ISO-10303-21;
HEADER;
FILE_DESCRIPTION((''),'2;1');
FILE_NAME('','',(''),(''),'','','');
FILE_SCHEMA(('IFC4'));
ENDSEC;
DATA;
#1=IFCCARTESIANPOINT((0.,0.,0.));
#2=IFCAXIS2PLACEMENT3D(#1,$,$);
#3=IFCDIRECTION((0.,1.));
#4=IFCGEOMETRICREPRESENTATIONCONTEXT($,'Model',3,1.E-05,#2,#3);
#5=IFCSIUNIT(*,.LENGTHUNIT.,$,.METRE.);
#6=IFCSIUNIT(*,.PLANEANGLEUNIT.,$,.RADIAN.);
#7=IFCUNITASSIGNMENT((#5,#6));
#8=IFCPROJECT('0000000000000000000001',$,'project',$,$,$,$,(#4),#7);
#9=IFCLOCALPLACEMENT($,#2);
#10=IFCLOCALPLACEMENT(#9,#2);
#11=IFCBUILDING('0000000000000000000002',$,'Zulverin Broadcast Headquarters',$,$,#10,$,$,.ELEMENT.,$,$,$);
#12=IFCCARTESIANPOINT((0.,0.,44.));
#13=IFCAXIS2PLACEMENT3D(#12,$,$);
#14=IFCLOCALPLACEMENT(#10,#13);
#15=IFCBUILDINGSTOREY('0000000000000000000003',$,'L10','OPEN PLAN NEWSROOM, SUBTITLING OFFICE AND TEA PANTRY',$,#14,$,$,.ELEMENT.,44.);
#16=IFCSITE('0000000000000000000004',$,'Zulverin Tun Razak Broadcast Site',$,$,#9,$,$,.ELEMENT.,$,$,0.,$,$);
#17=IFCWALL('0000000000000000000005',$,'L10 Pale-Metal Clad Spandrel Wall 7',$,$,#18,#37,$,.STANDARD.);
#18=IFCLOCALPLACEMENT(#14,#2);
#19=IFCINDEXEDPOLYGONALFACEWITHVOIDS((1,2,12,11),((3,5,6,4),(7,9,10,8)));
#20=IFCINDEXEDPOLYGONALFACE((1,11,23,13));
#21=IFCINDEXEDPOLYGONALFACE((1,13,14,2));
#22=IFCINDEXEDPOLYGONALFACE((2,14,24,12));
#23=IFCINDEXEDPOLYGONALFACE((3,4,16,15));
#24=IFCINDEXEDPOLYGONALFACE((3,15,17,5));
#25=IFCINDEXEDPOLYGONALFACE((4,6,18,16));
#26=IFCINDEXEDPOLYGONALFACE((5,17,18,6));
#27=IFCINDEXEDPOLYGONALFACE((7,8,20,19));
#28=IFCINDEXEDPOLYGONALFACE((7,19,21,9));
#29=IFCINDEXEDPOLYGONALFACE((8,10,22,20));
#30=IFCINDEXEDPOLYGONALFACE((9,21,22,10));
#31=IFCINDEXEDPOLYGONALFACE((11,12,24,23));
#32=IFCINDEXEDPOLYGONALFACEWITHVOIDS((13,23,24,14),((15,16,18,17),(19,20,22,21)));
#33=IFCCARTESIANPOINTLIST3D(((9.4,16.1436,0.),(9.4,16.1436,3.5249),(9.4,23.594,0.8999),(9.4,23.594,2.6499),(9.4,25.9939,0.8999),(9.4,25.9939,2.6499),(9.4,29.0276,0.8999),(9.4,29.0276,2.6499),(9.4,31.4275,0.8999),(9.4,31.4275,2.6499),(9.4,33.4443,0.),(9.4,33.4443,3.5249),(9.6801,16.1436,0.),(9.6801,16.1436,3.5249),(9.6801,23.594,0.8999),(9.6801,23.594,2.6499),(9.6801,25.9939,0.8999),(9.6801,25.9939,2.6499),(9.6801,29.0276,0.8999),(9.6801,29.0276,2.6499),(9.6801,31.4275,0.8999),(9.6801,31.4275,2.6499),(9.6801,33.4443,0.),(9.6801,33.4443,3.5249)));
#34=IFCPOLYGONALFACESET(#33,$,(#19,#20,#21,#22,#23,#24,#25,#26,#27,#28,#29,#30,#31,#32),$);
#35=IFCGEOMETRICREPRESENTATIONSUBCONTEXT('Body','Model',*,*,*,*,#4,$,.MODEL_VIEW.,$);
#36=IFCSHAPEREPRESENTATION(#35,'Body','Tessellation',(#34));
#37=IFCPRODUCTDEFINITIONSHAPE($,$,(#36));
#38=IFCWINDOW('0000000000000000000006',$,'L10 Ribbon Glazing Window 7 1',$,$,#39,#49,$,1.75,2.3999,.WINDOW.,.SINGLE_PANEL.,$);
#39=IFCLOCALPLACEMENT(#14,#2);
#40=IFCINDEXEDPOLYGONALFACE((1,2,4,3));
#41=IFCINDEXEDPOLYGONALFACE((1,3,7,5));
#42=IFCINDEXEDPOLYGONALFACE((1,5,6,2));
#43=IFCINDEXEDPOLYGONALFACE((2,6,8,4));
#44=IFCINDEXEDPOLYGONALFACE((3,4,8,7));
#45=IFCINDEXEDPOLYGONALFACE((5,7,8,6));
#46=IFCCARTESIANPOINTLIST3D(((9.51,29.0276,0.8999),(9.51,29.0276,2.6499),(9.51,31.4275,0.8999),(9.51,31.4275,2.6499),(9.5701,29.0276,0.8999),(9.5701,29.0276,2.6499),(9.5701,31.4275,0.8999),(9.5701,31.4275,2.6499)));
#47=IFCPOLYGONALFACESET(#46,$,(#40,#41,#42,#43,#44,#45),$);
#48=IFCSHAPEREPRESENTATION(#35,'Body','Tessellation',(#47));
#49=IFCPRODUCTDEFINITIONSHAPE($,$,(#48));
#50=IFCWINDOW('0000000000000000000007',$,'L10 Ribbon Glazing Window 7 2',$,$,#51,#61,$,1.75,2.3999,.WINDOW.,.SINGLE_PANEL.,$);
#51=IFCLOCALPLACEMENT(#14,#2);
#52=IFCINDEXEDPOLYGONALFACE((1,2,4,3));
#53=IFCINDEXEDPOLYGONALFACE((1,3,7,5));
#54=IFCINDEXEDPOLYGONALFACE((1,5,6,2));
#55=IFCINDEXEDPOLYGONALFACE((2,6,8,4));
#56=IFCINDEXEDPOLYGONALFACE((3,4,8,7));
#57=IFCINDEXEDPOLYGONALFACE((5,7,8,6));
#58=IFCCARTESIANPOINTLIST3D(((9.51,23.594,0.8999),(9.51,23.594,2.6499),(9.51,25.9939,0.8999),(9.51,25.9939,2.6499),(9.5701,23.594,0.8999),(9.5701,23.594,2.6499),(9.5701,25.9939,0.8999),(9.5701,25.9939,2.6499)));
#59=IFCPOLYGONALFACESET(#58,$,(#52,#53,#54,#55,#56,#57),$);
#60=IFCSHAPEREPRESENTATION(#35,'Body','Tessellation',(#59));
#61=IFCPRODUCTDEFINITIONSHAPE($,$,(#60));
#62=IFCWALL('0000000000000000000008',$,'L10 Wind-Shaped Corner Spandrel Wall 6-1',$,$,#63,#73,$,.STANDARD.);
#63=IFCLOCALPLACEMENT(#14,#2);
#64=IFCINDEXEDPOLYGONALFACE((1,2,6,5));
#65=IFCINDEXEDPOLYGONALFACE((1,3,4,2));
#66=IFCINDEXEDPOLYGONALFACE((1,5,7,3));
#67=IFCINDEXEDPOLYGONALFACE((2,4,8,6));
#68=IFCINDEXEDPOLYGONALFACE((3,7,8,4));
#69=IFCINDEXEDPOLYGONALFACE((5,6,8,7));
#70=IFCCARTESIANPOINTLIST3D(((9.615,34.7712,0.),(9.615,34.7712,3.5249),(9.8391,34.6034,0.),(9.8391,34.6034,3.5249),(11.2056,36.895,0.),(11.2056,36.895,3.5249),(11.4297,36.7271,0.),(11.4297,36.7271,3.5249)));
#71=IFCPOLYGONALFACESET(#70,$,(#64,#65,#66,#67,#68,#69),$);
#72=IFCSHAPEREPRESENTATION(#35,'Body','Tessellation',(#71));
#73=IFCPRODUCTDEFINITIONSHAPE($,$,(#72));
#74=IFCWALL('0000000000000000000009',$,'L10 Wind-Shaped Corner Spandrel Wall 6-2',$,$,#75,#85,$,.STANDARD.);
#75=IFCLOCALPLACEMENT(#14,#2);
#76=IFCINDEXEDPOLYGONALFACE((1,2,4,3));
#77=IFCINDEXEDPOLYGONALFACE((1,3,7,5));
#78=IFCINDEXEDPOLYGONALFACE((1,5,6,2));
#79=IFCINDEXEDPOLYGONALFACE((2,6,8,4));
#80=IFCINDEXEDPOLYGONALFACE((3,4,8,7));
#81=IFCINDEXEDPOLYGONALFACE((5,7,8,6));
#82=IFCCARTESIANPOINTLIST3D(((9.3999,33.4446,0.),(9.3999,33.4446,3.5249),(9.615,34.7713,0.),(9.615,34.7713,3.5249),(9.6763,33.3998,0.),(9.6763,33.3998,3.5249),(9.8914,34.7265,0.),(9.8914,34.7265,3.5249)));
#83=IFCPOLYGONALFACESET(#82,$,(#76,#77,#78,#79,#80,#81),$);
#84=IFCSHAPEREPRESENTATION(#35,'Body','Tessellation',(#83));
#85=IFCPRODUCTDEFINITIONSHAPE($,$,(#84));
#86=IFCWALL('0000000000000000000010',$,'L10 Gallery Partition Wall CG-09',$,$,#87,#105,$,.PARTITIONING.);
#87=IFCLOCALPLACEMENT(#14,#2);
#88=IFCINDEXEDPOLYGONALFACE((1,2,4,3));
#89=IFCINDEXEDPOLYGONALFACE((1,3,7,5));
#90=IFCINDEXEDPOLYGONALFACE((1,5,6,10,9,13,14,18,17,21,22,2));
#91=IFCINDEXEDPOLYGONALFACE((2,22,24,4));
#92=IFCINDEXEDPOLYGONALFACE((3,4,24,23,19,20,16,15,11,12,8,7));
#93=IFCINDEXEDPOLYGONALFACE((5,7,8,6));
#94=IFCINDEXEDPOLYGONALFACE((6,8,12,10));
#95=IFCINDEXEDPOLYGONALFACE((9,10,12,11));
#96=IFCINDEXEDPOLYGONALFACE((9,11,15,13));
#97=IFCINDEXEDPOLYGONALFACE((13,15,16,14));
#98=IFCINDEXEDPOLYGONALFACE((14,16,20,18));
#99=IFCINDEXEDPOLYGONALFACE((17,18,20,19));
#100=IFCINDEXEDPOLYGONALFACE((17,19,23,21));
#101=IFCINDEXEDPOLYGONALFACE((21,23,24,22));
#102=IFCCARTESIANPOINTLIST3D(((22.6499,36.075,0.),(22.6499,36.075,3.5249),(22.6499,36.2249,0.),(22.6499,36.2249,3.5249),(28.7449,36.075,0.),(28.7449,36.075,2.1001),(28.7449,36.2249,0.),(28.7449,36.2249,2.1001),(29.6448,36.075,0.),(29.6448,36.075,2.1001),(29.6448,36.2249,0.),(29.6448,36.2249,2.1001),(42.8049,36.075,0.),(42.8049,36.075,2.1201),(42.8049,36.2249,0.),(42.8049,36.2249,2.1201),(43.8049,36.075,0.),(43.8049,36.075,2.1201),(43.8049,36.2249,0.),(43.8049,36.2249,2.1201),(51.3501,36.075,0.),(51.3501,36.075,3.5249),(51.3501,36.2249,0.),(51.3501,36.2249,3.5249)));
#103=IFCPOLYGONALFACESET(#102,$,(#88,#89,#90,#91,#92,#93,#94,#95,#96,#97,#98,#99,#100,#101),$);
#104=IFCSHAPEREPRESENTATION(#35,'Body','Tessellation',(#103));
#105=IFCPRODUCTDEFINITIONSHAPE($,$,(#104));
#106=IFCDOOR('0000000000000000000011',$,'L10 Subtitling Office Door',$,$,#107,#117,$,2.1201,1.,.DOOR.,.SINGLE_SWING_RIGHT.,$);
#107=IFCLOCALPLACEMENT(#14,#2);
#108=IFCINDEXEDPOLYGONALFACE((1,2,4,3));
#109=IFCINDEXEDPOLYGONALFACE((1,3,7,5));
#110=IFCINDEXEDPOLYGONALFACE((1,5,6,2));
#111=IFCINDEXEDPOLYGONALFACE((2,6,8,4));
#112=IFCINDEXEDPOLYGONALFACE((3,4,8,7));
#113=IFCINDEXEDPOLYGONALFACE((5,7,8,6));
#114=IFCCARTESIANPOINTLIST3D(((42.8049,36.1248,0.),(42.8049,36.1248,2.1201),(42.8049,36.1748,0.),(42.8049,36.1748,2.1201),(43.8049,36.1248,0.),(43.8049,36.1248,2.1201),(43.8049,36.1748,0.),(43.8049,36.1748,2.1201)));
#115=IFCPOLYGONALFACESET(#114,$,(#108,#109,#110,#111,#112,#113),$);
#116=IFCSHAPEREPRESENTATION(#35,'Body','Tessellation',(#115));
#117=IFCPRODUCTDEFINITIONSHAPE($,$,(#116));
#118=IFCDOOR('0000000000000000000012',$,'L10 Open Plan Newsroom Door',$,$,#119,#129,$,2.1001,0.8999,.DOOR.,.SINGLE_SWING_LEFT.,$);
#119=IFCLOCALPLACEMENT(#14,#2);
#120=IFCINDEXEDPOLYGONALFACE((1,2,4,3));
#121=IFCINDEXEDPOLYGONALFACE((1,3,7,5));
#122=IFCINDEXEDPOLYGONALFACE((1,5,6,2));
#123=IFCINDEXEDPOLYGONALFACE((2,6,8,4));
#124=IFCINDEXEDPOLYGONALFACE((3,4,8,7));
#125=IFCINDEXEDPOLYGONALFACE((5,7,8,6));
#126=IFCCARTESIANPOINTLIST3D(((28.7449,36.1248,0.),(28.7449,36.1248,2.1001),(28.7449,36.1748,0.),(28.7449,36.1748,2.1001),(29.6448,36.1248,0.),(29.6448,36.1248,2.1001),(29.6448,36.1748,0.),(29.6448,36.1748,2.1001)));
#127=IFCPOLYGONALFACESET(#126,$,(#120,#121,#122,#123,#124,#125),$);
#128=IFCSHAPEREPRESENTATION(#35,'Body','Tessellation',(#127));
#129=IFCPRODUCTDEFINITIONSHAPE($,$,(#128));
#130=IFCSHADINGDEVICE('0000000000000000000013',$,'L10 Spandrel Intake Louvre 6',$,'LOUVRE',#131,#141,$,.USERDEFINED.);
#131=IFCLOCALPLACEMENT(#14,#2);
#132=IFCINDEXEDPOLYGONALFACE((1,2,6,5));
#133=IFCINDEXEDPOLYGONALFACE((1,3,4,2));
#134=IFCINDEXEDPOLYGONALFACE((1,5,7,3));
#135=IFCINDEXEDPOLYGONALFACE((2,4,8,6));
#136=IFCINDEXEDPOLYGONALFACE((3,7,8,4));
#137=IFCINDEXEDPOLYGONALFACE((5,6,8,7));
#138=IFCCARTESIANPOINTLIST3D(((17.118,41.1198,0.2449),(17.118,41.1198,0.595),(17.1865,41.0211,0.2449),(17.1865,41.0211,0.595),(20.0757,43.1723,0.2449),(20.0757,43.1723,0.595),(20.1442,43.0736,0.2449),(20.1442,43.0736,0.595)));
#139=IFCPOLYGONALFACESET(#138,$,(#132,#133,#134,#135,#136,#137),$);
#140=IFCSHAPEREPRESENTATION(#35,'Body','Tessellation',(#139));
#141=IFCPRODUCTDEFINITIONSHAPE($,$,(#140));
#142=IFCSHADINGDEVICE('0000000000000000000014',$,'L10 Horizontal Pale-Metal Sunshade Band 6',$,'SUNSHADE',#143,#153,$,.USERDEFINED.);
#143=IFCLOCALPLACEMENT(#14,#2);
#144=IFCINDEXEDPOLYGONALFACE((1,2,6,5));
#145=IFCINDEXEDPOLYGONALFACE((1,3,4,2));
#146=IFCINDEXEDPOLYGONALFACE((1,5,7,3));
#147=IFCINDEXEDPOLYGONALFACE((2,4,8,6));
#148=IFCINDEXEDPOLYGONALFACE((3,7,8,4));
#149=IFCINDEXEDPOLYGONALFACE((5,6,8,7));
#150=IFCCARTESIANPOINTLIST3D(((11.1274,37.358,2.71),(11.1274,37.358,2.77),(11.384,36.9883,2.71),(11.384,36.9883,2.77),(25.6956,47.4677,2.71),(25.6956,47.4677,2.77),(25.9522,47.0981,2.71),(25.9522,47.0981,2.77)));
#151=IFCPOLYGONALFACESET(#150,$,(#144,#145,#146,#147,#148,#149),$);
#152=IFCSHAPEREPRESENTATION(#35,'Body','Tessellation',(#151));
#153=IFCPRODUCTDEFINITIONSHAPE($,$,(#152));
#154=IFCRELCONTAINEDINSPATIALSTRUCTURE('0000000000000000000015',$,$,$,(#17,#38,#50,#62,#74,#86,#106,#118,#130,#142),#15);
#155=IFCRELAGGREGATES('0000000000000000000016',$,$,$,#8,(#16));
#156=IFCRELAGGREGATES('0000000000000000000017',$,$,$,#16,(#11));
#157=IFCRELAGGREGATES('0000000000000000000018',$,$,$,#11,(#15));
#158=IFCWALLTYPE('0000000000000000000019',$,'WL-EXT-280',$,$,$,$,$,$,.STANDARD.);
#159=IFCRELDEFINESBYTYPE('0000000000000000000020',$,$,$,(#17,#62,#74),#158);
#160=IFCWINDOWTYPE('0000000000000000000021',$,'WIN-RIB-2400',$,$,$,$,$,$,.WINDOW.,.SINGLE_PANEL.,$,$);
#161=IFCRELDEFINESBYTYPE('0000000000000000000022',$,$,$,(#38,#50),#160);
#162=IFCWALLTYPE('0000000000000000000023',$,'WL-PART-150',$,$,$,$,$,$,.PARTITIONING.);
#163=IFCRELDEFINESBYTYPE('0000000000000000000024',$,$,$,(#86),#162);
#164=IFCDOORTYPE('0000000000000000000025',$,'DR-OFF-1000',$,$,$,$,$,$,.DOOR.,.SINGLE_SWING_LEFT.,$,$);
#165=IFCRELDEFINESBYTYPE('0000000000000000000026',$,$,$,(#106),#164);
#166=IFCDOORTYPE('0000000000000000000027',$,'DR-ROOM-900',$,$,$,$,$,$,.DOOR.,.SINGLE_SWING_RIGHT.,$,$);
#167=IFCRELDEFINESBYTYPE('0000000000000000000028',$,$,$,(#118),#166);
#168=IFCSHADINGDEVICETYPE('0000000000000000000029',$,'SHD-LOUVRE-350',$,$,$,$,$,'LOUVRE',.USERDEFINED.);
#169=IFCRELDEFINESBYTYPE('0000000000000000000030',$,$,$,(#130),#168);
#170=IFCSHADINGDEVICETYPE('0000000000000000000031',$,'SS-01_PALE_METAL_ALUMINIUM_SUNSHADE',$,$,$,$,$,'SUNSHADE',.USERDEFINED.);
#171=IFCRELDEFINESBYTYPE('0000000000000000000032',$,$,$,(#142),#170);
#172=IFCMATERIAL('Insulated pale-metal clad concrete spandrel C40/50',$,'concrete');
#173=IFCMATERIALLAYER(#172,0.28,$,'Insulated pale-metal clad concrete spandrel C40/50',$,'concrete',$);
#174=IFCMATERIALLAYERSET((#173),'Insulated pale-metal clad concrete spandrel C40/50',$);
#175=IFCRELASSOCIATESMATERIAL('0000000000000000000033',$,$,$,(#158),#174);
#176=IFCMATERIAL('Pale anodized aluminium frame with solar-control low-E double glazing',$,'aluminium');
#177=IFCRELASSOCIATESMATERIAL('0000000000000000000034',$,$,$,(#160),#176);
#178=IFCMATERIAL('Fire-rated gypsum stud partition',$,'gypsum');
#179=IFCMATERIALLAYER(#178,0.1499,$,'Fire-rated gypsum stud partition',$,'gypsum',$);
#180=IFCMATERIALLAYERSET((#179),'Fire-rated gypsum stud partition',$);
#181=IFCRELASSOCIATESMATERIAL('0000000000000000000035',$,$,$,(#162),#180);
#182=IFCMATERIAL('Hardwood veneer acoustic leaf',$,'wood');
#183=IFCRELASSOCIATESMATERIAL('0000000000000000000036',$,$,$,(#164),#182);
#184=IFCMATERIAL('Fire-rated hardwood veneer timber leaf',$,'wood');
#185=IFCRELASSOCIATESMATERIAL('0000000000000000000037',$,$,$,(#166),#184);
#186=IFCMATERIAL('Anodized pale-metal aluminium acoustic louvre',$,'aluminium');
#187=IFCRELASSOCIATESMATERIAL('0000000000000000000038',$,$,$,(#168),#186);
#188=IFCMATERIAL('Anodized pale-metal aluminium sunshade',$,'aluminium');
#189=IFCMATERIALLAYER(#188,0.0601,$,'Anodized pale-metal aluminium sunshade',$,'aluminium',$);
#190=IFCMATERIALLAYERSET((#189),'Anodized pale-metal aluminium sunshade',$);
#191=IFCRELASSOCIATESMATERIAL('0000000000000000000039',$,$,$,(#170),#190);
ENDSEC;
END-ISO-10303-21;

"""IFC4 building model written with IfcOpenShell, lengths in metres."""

from ifc_helpers import new_model, si_unit, direction, frame, frame_2d, origin, origin_2d, place, context, subcontext, project, spatial, rectangle, extrude, material, layer, layer_set, type_object, element, fill, save


model = new_model("IFC4")

# Units and contexts
model_context = context("Model", 3, precision=1e-05, world=origin(), true_north=direction((0.0, 1.0)))
body_context = subcontext(model_context, "Body", "Model", "MODEL_VIEW")
ifc_project = project(units=[si_unit("LENGTHUNIT", "METRE"), si_unit("PLANEANGLEUNIT", "RADIAN")], contexts=[model_context])

# Site, building, storey
site_placement = place(None, origin())
site = spatial("IfcSite", under=ifc_project, at=site_placement, Name="Zulverin Tun Razak Broadcast Site", CompositionType="ELEMENT", RefElevation=0.0)
building_placement = place(site_placement, origin())
building = spatial("IfcBuilding", under=site, at=building_placement, Name="Zulverin Broadcast Headquarters", CompositionType="ELEMENT")
storey_placement = place(building_placement, frame((0.0, 0.0, 44.0)))
storey = spatial("IfcBuildingStorey", under=building, at=storey_placement, Name="L10", Description="OPEN PLAN NEWSROOM, SUBTITLING OFFICE AND TEA PANTRY", CompositionType="ELEMENT", Elevation=44.0)

# Wall, openings, windows
ifc_material_1 = material(Name="Insulated pale-metal clad concrete spandrel C40/50", Category="concrete")
ifc_layer_1 = layer(ifc_material_1, 0.28, Name="Insulated pale-metal clad concrete spandrel C40/50", Category="concrete")
ifc_layer_set_1 = layer_set([ifc_layer_1], Name="Insulated pale-metal clad concrete spandrel C40/50")
wall_type_1 = type_object("IfcWallType", Name="WL-EXT-280", PredefinedType="STANDARD", material=ifc_layer_set_1)
wall_1_placement = place(storey_placement, frame((9.54, 33.4443, 0.0), z_axis=(0.0, 0.0, 1.0), x_axis=(0.0, -1.0, 0.0)))
wall_1 = element("IfcWall", 1, at=wall_1_placement, inside=storey, type_object=wall_type_1, Name="L10 Pale-Metal Clad Spandrel Wall 7", PredefinedType="STANDARD", context=body_context, shape_type="SweptSolid", body=[
    extrude(rectangle(XDim=17.3008, YDim=0.28, at=frame_2d((8.6504, 0.0))), origin(), (0.0, 0.0, 1.0), 3.5249),
])
opening_1_placement = place(wall_1_placement, frame((2.0168, 0.0, 0.8999)))
opening_1 = element("IfcOpeningElement", 2, at=opening_1_placement, cuts=wall_1, PredefinedType="OPENING", context=body_context, shape_type="SweptSolid", body=[
    extrude(rectangle(XDim=2.3999, YDim=1.75, at=frame_2d((1.2, 0.875))), frame((0.0, 0.1499, 0.0), z_axis=(0.0, -1.0, 0.0), x_axis=(1.0, 0.0, 0.0)), (0.0, 0.0, 1.0), 0.3),
])
opening_2_placement = place(wall_1_placement, frame((7.4504, 0.0, 0.8999)))
opening_2 = element("IfcOpeningElement", 3, at=opening_2_placement, cuts=wall_1, PredefinedType="OPENING", context=body_context, shape_type="SweptSolid", body=[
    extrude(rectangle(XDim=2.3999, YDim=1.75, at=frame_2d((1.2, 0.875))), frame((0.0, 0.1499, 0.0), z_axis=(0.0, -1.0, 0.0), x_axis=(1.0, 0.0, 0.0)), (0.0, 0.0, 1.0), 0.3),
])
ifc_material_2 = material(Name="Pale anodized aluminium frame with solar-control low-E double glazing", Category="aluminium")
window_type = type_object("IfcWindowType", Name="WIN-RIB-2400", PartitioningType="SINGLE_PANEL", PredefinedType="WINDOW", material=ifc_material_2)
window_1_placement = place(opening_1_placement, origin())
window_1 = element("IfcWindow", 4, at=window_1_placement, inside=storey, type_object=window_type, Name="L10 Ribbon Glazing Window 7 1", OverallHeight=1.75, OverallWidth=2.3999, PartitioningType="SINGLE_PANEL", PredefinedType="WINDOW", context=body_context, shape_type="SweptSolid", body=[
    extrude(rectangle(XDim=2.3999, YDim=1.75, at=frame_2d((1.2, 0.875))), frame((0.0, 0.03, 0.0), z_axis=(0.0, -1.0, 0.0), x_axis=(1.0, 0.0, 0.0)), (0.0, 0.0, 1.0), 0.0601),
])
fill(opening_1, window_1)
window_2_placement = place(opening_2_placement, origin())
window_2 = element("IfcWindow", 5, at=window_2_placement, inside=storey, type_object=window_type, Name="L10 Ribbon Glazing Window 7 2", OverallHeight=1.75, OverallWidth=2.3999, PartitioningType="SINGLE_PANEL", PredefinedType="WINDOW", context=body_context, shape_type="SweptSolid", body=[
    extrude(rectangle(XDim=2.3999, YDim=1.75, at=frame_2d((1.2, 0.875))), frame((0.0, 0.03, 0.0), z_axis=(0.0, -1.0, 0.0), x_axis=(1.0, 0.0, 0.0)), (0.0, 0.0, 1.0), 0.0601),
])
fill(opening_2, window_2)

# Walls
wall_2_placement = place(storey_placement, frame((11.3176, 36.811, 0.0), z_axis=(0.0, 0.0, 1.0), x_axis=(-0.599455, -0.800408, 0.0)))
element("IfcWall", 6, at=wall_2_placement, inside=storey, type_object=wall_type_1, Name="L10 Wind-Shaped Corner Spandrel Wall 6-1", PredefinedType="STANDARD", context=body_context, shape_type="SweptSolid", body=[
    extrude(rectangle(XDim=2.6533, YDim=0.28, at=frame_2d((1.3267, 0.0))), origin(), (0.0, 0.0, 1.0), 3.5249),
])
wall_3_placement = place(storey_placement, frame((9.7532, 34.7488, 0.0), z_axis=(0.0, 0.0, 1.0), x_axis=(-0.160038, -0.987111, 0.0)))
element("IfcWall", 7, at=wall_3_placement, inside=storey, type_object=wall_type_1, Name="L10 Wind-Shaped Corner Spandrel Wall 6-2", PredefinedType="STANDARD", context=body_context, shape_type="SweptSolid", body=[
    extrude(rectangle(XDim=1.344, YDim=0.28, at=frame_2d((0.6719, 0.0))), origin(), (0.0, 0.0, 1.0), 3.5249),
])

# Wall, openings, doors
ifc_material_3 = material(Name="Fire-rated gypsum stud partition", Category="gypsum")
ifc_layer_2 = layer(ifc_material_3, 0.1499, Name="Fire-rated gypsum stud partition", Category="gypsum")
ifc_layer_set_2 = layer_set([ifc_layer_2], Name="Fire-rated gypsum stud partition")
wall_type_2 = type_object("IfcWallType", Name="WL-PART-150", PredefinedType="PARTITIONING", material=ifc_layer_set_2)
wall_4_placement = place(storey_placement, frame((22.6499, 36.1499, 0.0), z_axis=(0.0, 0.0, 1.0), x_axis=(1.0, 0.0, 0.0)))
wall_4 = element("IfcWall", 8, at=wall_4_placement, inside=storey, type_object=wall_type_2, Name="L10 Gallery Partition Wall CG-09", PredefinedType="PARTITIONING", context=body_context, shape_type="SweptSolid", body=[
    extrude(rectangle(XDim=28.7002, YDim=0.1499, at=frame_2d((14.3501, 0.0))), origin(), (0.0, 0.0, 1.0), 3.5249),
])
opening_3_placement = place(wall_4_placement, frame((6.095, 0.0, 0.0)))
opening_3 = element("IfcOpeningElement", 9, at=opening_3_placement, cuts=wall_4, PredefinedType="OPENING", context=body_context, shape_type="SweptSolid", body=[
    extrude(rectangle(XDim=0.8999, YDim=2.1001, at=frame_2d((0.45, 1.05))), frame((0.0, 0.085, 0.0), z_axis=(0.0, -1.0, 0.0), x_axis=(1.0, 0.0, 0.0)), (0.0, 0.0, 1.0), 0.1699),
])
opening_4_placement = place(wall_4_placement, frame((20.155, 0.0, 0.0)))
opening_4 = element("IfcOpeningElement", 10, at=opening_4_placement, cuts=wall_4, PredefinedType="OPENING", context=body_context, shape_type="SweptSolid", body=[
    extrude(rectangle(XDim=1.0, YDim=2.1201, at=frame_2d((0.5, 1.0601))), frame((0.0, 0.085, 0.0), z_axis=(0.0, -1.0, 0.0), x_axis=(1.0, 0.0, 0.0)), (0.0, 0.0, 1.0), 0.1699),
])
ifc_material_4 = material(Name="Hardwood veneer acoustic leaf", Category="wood")
door_type_1 = type_object("IfcDoorType", Name="DR-OFF-1000", OperationType="SINGLE_SWING_LEFT", PredefinedType="DOOR", material=ifc_material_4)
door_1_placement = place(opening_4_placement, origin())
door_1 = element("IfcDoor", 11, at=door_1_placement, inside=storey, type_object=door_type_1, Name="L10 Subtitling Office Door", OperationType="SINGLE_SWING_RIGHT", OverallHeight=2.1201, OverallWidth=1.0, PredefinedType="DOOR", context=body_context, shape_type="SweptSolid", body=[
    extrude(rectangle(XDim=1.0, YDim=2.1201, at=frame_2d((0.5, 1.0601))), frame((0.0, 0.0249, 0.0), z_axis=(0.0, -1.0, 0.0), x_axis=(1.0, 0.0, 0.0)), (0.0, 0.0, 1.0), 0.05),
])
fill(opening_4, door_1)
ifc_material_5 = material(Name="Fire-rated hardwood veneer timber leaf", Category="wood")
door_type_2 = type_object("IfcDoorType", Name="DR-ROOM-900", OperationType="SINGLE_SWING_RIGHT", PredefinedType="DOOR", material=ifc_material_5)
door_2_placement = place(opening_3_placement, origin())
door_2 = element("IfcDoor", 12, at=door_2_placement, inside=storey, type_object=door_type_2, Name="L10 Open Plan Newsroom Door", OperationType="SINGLE_SWING_LEFT", OverallHeight=2.1001, OverallWidth=0.8999, PredefinedType="DOOR", context=body_context, shape_type="SweptSolid", body=[
    extrude(rectangle(XDim=0.8999, YDim=2.1001, at=frame_2d((0.45, 1.05))), frame((0.0, 0.0249, 0.0), z_axis=(0.0, -1.0, 0.0), x_axis=(1.0, 0.0, 0.0)), (0.0, 0.0, 1.0), 0.05),
])
fill(opening_3, door_2)

# Shading devices
ifc_material_6 = material(Name="Anodized pale-metal aluminium acoustic louvre", Category="aluminium")
shading_device_type_1 = type_object("IfcShadingDeviceType", Name="SHD-LOUVRE-350", ElementType="LOUVRE", PredefinedType="USERDEFINED", material=ifc_material_6)
shading_device_1_placement = place(storey_placement, frame((18.6311, 42.0967, 0.2449), z_axis=(0.0, 0.0, 1.0), x_axis=(-0.821556, -0.570127, 0.0)))
element("IfcShadingDevice", 13, at=shading_device_1_placement, inside=storey, type_object=shading_device_type_1, Name="L10 Spandrel Intake Louvre 6", ObjectType="LOUVRE", PredefinedType="USERDEFINED", context=body_context, shape_type="SweptSolid", body=[
    extrude(rectangle(XDim=3.6001, YDim=0.1201, at=origin_2d()), origin(), (0.0, 0.0, 1.0), 0.3501),
])
ifc_material_7 = material(Name="Anodized pale-metal aluminium sunshade", Category="aluminium")
ifc_layer_3 = layer(ifc_material_7, 0.0601, Name="Anodized pale-metal aluminium sunshade", Category="aluminium")
ifc_layer_set_3 = layer_set([ifc_layer_3], Name="Anodized pale-metal aluminium sunshade")
shading_device_type_2 = type_object("IfcShadingDeviceType", Name="SS-01_PALE_METAL_ALUMINIUM_SUNSHADE", ElementType="SUNSHADE", PredefinedType="USERDEFINED", material=ifc_layer_set_3)
shading_device_2_placement = place(storey_placement, frame((18.5398, 42.228, 2.71), z_axis=(0.0, 0.0, 1.0), x_axis=(-0.821556, -0.570127, 0.0)))
element("IfcShadingDevice", 14, at=shading_device_2_placement, inside=storey, type_object=shading_device_type_2, Name="L10 Horizontal Pale-Metal Sunshade Band 6", ObjectType="SUNSHADE", PredefinedType="USERDEFINED", context=body_context, shape_type="SweptSolid", body=[
    extrude(rectangle(XDim=17.7324, YDim=0.45, at=origin_2d()), origin(), (0.0, 0.0, 1.0), 0.0601),
])

save(model, "model.ifc")
